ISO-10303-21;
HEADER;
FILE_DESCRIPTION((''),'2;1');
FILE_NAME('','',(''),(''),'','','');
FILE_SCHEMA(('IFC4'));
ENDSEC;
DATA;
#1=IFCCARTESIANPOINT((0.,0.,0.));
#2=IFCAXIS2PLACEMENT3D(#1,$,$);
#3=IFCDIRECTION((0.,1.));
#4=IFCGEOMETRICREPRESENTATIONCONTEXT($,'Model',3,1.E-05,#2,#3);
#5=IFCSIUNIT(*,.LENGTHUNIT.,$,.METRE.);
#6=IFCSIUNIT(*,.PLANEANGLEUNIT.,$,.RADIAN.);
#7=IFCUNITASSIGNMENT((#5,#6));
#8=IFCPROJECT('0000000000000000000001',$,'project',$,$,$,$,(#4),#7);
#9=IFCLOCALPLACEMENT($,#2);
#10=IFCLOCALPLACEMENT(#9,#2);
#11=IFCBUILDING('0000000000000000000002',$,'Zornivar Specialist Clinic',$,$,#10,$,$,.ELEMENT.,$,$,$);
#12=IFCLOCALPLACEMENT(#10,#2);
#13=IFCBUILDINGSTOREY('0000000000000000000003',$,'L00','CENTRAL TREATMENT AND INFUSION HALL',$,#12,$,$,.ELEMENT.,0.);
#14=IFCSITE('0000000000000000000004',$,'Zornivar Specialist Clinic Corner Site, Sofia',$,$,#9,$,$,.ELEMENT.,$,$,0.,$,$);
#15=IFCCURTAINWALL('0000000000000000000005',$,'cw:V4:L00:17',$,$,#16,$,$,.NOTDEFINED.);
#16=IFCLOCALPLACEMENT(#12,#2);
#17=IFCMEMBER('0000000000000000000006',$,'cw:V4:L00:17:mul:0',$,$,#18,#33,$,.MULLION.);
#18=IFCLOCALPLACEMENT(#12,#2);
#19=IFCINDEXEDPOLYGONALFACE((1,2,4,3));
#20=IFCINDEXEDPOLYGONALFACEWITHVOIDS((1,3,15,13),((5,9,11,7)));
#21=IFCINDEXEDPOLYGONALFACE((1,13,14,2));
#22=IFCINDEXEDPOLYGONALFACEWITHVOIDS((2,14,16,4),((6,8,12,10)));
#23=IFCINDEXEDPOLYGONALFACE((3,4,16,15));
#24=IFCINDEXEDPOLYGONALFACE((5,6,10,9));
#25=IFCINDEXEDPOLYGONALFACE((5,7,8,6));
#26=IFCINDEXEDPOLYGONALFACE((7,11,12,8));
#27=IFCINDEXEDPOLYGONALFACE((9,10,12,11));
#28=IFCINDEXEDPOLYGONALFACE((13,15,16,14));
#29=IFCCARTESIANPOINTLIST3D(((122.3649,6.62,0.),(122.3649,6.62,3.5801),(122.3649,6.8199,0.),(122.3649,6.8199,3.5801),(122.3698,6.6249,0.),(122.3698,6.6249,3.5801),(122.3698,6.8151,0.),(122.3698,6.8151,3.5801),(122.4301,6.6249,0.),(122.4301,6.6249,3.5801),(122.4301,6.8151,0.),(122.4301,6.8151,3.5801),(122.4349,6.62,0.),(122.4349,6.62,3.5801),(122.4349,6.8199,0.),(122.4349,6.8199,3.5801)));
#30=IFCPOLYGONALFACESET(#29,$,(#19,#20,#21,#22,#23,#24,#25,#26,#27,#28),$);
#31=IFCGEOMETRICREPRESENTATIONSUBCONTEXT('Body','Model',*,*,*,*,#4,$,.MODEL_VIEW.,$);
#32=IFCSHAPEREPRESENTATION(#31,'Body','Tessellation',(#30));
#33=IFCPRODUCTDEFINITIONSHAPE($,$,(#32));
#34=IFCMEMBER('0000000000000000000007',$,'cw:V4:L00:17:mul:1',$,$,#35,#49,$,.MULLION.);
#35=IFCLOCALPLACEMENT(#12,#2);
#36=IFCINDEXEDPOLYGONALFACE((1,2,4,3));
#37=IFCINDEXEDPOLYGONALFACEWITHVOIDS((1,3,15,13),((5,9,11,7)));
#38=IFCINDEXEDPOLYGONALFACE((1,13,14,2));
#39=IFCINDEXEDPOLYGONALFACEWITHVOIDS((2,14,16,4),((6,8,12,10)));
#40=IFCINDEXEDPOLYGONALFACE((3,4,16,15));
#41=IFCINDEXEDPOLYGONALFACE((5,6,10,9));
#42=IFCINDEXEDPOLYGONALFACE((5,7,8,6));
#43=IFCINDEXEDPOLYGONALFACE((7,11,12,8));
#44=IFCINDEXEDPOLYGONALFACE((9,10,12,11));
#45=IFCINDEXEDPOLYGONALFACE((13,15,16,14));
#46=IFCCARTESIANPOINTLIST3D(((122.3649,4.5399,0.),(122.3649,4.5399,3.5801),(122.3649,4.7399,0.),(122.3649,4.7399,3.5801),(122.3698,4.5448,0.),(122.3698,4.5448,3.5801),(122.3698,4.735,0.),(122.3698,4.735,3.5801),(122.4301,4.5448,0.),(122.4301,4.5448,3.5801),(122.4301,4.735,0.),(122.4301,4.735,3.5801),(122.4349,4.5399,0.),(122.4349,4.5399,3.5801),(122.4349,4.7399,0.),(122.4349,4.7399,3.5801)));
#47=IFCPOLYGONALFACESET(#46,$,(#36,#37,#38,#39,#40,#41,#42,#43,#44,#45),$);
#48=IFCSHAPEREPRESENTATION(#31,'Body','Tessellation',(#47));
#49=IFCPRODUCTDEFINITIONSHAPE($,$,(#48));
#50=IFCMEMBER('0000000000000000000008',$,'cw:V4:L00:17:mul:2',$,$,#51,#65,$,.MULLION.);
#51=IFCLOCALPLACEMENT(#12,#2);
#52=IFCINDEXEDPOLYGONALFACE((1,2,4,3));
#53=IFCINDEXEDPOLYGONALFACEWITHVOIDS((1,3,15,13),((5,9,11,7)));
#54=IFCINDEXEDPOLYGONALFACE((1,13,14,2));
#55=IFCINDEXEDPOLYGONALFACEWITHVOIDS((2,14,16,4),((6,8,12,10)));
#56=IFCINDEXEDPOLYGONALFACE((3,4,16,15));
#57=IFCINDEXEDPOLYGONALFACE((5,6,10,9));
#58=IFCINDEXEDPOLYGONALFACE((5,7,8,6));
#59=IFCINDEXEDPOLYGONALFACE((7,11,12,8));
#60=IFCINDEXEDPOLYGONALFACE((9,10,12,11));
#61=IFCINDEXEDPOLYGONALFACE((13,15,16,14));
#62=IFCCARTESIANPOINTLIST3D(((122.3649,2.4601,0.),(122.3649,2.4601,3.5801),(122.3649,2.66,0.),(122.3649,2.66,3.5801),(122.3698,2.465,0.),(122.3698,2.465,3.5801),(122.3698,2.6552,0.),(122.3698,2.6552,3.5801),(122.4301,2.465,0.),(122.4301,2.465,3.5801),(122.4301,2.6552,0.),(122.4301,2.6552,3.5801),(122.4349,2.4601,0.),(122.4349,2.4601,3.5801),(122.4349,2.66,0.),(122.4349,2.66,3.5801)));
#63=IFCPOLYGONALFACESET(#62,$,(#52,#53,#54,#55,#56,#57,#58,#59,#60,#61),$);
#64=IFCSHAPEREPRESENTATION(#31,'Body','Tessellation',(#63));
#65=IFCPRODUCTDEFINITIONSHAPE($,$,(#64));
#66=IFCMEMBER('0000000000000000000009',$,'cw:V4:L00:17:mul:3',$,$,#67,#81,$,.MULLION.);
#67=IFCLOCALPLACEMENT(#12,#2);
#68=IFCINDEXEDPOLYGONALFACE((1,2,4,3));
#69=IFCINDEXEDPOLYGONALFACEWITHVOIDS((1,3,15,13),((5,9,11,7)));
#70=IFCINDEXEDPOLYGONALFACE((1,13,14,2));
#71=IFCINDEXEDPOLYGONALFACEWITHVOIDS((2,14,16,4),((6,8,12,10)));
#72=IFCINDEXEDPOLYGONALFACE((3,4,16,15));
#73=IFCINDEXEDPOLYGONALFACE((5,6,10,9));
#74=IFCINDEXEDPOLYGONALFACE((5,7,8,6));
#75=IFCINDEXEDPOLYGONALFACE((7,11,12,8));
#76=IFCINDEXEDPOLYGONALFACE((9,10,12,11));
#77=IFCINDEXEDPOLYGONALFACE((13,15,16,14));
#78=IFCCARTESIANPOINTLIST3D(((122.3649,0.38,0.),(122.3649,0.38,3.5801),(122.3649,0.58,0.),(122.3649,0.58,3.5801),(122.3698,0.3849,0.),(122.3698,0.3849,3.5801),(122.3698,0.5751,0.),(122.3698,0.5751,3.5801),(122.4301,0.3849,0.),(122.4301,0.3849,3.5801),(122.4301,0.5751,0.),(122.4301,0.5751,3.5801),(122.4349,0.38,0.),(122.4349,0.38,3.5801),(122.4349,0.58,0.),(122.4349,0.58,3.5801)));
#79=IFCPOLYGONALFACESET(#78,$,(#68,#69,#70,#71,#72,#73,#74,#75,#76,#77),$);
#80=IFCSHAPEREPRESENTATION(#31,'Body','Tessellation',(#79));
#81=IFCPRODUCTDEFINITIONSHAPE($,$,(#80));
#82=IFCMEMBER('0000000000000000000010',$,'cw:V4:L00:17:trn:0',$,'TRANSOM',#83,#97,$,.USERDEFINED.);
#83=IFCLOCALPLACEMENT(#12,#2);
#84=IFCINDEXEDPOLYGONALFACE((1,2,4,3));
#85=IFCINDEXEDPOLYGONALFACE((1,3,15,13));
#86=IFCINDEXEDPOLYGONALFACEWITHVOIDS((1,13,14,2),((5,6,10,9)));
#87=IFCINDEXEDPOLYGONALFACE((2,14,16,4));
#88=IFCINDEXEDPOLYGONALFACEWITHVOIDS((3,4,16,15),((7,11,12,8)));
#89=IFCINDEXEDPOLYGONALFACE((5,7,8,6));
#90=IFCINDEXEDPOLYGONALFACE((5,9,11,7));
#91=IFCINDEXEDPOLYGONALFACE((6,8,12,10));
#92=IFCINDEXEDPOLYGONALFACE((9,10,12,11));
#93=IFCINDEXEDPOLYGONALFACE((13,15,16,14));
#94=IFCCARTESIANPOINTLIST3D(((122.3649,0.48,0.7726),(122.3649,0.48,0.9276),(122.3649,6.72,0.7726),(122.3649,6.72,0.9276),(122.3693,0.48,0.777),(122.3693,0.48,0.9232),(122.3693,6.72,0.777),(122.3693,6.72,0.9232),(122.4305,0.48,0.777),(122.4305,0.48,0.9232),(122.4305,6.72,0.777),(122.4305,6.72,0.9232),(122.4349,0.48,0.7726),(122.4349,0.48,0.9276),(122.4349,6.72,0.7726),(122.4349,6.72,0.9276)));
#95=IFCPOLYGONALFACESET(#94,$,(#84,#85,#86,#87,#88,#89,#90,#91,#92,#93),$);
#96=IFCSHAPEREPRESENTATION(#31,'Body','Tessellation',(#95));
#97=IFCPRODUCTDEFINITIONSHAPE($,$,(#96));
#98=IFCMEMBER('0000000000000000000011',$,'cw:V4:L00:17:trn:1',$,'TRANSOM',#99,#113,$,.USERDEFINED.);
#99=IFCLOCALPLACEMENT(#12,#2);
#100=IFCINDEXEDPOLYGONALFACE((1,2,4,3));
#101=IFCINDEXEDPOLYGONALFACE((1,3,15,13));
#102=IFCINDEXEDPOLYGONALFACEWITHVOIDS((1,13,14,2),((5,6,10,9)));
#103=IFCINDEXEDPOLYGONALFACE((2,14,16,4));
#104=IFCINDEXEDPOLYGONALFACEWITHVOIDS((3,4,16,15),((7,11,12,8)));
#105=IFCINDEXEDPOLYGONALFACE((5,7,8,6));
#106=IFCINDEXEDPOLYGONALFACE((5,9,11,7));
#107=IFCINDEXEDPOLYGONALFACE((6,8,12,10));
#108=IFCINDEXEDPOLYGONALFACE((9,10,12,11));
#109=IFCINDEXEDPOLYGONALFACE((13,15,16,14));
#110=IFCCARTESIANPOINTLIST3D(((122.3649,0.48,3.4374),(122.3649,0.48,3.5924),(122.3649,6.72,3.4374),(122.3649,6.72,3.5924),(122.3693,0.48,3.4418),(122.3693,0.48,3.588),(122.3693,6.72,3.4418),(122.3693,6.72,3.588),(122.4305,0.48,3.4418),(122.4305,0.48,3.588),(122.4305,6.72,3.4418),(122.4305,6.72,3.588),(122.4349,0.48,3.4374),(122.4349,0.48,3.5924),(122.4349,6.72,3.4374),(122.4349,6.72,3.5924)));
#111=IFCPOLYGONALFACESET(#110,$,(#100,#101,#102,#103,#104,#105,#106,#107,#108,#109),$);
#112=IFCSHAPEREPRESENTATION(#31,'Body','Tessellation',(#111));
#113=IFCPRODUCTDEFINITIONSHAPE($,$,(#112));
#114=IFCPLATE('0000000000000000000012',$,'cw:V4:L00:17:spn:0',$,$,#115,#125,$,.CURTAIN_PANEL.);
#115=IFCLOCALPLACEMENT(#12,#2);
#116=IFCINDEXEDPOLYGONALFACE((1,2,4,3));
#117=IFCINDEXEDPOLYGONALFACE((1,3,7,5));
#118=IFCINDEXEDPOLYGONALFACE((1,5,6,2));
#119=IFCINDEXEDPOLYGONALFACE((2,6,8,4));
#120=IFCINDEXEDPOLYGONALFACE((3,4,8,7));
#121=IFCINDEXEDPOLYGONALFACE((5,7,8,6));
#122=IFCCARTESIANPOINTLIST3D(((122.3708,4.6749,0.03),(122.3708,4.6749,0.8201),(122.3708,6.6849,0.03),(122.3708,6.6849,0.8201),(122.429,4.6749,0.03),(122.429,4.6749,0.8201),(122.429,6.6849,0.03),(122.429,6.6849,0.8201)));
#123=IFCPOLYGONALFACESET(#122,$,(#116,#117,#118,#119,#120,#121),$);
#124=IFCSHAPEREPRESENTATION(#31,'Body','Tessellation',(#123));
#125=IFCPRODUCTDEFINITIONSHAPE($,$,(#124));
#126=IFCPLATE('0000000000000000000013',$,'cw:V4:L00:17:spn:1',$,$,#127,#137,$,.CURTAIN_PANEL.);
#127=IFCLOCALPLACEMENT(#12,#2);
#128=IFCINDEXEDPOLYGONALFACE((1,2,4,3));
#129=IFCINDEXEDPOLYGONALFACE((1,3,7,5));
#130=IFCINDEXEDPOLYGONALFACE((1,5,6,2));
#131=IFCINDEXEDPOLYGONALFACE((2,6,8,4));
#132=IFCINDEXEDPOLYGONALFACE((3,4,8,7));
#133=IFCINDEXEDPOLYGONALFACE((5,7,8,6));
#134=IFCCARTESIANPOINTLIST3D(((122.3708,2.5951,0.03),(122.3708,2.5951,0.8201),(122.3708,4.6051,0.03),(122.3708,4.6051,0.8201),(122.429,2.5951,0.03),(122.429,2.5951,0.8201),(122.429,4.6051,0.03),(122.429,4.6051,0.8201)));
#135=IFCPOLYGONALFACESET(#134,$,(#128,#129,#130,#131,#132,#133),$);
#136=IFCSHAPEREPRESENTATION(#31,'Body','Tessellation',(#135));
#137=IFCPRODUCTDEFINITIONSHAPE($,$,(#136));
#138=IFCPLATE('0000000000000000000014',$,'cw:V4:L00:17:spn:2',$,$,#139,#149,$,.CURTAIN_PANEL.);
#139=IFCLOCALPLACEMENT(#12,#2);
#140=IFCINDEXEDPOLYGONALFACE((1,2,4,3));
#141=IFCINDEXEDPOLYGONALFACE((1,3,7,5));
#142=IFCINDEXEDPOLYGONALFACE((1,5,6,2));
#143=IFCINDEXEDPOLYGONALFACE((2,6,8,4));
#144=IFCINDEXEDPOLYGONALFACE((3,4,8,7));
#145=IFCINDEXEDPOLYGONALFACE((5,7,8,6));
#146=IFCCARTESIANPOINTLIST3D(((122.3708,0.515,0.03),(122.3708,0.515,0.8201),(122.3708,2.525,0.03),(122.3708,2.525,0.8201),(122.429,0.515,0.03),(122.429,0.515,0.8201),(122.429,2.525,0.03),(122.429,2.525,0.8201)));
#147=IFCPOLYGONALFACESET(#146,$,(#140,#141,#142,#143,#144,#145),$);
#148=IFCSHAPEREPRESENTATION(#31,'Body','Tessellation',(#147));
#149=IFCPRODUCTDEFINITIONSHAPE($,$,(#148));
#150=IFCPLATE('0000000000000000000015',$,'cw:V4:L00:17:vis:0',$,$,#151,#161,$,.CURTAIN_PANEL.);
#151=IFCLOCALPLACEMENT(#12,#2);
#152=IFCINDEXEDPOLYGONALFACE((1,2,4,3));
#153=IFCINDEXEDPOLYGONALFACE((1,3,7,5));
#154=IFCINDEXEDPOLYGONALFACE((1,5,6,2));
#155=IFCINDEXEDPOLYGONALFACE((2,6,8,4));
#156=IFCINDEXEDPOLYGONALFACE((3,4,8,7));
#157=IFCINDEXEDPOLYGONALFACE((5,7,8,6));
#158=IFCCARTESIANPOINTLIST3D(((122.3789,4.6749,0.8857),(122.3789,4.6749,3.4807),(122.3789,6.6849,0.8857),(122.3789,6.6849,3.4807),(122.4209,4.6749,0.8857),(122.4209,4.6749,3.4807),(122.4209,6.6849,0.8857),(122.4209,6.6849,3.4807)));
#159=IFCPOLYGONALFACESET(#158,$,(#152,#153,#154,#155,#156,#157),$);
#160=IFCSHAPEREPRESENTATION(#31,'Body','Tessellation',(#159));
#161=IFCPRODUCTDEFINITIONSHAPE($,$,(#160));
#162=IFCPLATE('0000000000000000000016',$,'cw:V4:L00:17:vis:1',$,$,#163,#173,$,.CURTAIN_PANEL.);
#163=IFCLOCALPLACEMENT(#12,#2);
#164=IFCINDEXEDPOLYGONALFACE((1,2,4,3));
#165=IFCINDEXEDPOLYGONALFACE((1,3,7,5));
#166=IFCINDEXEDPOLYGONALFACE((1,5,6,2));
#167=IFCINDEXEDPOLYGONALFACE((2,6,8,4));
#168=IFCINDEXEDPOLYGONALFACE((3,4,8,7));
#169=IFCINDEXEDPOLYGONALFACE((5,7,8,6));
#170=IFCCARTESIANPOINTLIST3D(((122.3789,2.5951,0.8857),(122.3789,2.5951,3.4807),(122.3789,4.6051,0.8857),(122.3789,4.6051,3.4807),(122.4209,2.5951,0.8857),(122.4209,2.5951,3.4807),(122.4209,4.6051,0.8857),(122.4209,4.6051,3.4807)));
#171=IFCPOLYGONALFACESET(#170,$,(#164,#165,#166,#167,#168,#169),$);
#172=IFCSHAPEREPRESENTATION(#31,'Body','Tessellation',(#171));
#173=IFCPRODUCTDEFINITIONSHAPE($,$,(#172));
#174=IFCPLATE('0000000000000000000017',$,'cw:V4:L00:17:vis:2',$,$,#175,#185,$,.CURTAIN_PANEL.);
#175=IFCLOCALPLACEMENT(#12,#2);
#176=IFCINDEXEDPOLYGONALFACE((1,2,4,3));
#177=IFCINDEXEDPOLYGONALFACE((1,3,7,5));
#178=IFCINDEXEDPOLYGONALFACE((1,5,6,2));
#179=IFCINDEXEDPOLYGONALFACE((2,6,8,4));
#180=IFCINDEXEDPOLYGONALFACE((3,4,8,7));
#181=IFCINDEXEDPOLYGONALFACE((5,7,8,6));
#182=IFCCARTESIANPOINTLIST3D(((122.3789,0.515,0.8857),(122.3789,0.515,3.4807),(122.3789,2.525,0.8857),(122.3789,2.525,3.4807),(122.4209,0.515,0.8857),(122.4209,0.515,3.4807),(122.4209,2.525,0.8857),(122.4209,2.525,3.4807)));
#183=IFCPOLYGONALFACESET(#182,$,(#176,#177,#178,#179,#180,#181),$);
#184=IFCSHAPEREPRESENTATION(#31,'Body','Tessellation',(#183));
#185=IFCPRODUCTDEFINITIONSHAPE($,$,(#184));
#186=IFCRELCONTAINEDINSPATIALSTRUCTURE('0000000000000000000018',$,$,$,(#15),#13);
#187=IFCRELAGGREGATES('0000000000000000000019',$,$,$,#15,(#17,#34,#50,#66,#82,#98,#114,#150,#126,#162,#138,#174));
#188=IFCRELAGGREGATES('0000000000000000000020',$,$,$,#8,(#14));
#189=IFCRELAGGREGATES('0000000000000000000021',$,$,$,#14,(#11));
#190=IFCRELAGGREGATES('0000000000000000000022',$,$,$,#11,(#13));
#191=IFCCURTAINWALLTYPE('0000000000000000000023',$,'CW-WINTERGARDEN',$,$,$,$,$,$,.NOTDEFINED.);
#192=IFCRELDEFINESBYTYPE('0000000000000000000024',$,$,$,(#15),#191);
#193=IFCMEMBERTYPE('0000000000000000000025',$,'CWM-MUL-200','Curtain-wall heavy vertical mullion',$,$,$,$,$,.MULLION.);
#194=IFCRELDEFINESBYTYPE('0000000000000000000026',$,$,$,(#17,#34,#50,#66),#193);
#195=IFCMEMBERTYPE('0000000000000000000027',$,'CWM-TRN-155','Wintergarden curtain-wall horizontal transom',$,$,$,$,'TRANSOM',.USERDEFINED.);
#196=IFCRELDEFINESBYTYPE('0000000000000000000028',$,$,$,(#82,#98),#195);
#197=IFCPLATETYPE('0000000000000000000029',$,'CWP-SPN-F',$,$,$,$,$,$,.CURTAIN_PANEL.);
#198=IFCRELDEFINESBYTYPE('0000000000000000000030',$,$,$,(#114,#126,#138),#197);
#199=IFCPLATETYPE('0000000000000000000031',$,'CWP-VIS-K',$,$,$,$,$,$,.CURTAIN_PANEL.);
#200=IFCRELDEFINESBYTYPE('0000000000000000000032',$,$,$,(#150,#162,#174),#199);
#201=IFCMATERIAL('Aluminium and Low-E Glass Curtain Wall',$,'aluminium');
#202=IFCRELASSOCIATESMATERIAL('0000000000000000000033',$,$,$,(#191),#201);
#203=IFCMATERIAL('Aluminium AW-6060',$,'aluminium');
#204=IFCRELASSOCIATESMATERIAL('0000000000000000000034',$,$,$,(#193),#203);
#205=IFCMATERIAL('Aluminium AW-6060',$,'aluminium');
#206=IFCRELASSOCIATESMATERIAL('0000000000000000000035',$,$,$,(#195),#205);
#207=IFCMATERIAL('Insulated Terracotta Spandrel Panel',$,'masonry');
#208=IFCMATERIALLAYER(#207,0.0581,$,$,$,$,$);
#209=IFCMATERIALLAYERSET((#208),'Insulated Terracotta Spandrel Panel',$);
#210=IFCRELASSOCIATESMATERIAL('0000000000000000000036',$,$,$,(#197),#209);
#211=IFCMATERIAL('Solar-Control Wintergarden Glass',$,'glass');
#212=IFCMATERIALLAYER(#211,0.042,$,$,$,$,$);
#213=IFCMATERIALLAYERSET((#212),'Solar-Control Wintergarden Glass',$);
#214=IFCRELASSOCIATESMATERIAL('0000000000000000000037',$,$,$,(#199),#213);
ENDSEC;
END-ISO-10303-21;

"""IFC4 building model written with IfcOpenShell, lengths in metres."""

from ifc_helpers import new_model, si_unit, direction, frame, origin, origin_2d, place, context, subcontext, project, spatial, rectangle, hollow_rectangle, extrude, material, layer, layer_set, material_profile, profile_set, type_object, element, aggregate, save


model = new_model("IFC4")

# Units and contexts
model_context = context("Model", 3, precision=1e-05, world=origin(), true_north=direction((0.0, 1.0)))
body_context = subcontext(model_context, "Body", "Model", "MODEL_VIEW")
ifc_project = project(units=[si_unit("LENGTHUNIT", "METRE"), si_unit("PLANEANGLEUNIT", "RADIAN")], contexts=[model_context])

# Site, building, storey
site_placement = place(None, origin())
site = spatial("IfcSite", under=ifc_project, at=site_placement, Name="Zornivar Specialist Clinic Corner Site, Sofia", CompositionType="ELEMENT", RefElevation=0.0)
building_placement = place(site_placement, origin())
building = spatial("IfcBuilding", under=site, at=building_placement, Name="Zornivar Specialist Clinic", CompositionType="ELEMENT")
storey_placement = place(building_placement, origin())
storey = spatial("IfcBuildingStorey", under=building, at=storey_placement, Name="L00", Description="CENTRAL TREATMENT AND INFUSION HALL", CompositionType="ELEMENT", Elevation=0.0)

# Curtain wall, members, plates
ifc_material_1 = material(Name="Aluminium and Low-E Glass Curtain Wall", Category="aluminium")
curtain_wall_type = type_object("IfcCurtainWallType", Name="CW-WINTERGARDEN", PredefinedType="NOTDEFINED", material=ifc_material_1)
curtain_wall_placement = place(storey_placement, origin())
curtain_wall = element("IfcCurtainWall", 1, at=curtain_wall_placement, inside=storey, type_object=curtain_wall_type, Name="cw:V4:L00:17", PredefinedType="NOTDEFINED")
ifc_material_2 = material(Name="Aluminium AW-6060", Category="aluminium")
ifc_material_profile_1 = material_profile(ifc_material_2, hollow_rectangle(XDim=0.0701, YDim=0.2, WallThickness=0.0049, at=origin_2d()), Name="ALU 70x200x5")
ifc_profile_set_1 = profile_set([ifc_material_profile_1], Name="Aluminium AW-6060")
member_type_1 = type_object("IfcMemberType", Name="CWM-MUL-200", Description="Curtain-wall heavy vertical mullion", PredefinedType="MULLION", material=ifc_profile_set_1)
member_1_placement = place(storey_placement, frame((122.3999, 6.72, 0.0), z_axis=(0.0, 0.0, 1.0), x_axis=(1.0, 0.0, 0.0)))
member_1 = element("IfcMember", 2, at=member_1_placement, type_object=member_type_1, Name="cw:V4:L00:17:mul:0", PredefinedType="MULLION", context=body_context, shape_type="SweptSolid", body=[
    extrude(hollow_rectangle(XDim=0.0701, YDim=0.2, WallThickness=0.0049, at=origin_2d()), origin(), (0.0, 0.0, 1.0), 3.5801),
])
member_2_placement = place(storey_placement, frame((122.3999, 4.6399, 0.0), z_axis=(0.0, 0.0, 1.0), x_axis=(1.0, 0.0, 0.0)))
member_2 = element("IfcMember", 3, at=member_2_placement, type_object=member_type_1, Name="cw:V4:L00:17:mul:1", PredefinedType="MULLION", context=body_context, shape_type="SweptSolid", body=[
    extrude(hollow_rectangle(XDim=0.0701, YDim=0.2, WallThickness=0.0049, at=origin_2d()), origin(), (0.0, 0.0, 1.0), 3.5801),
])
member_3_placement = place(storey_placement, frame((122.3999, 2.5601, 0.0), z_axis=(0.0, 0.0, 1.0), x_axis=(1.0, 0.0, 0.0)))
member_3 = element("IfcMember", 4, at=member_3_placement, type_object=member_type_1, Name="cw:V4:L00:17:mul:2", PredefinedType="MULLION", context=body_context, shape_type="SweptSolid", body=[
    extrude(hollow_rectangle(XDim=0.0701, YDim=0.2, WallThickness=0.0049, at=origin_2d()), origin(), (0.0, 0.0, 1.0), 3.5801),
])
member_4_placement = place(storey_placement, frame((122.3999, 0.48, 0.0), z_axis=(0.0, 0.0, 1.0), x_axis=(1.0, 0.0, 0.0)))
member_4 = element("IfcMember", 5, at=member_4_placement, type_object=member_type_1, Name="cw:V4:L00:17:mul:3", PredefinedType="MULLION", context=body_context, shape_type="SweptSolid", body=[
    extrude(hollow_rectangle(XDim=0.0701, YDim=0.2, WallThickness=0.0049, at=origin_2d()), origin(), (0.0, 0.0, 1.0), 3.5801),
])
ifc_material_3 = material(Name="Aluminium AW-6060", Category="aluminium")
ifc_material_profile_2 = material_profile(ifc_material_3, hollow_rectangle(XDim=0.0701, YDim=0.155, WallThickness=0.0044, at=origin_2d()), Name="ALU 70x155x4.5")
ifc_profile_set_2 = profile_set([ifc_material_profile_2], Name="Aluminium AW-6060")
member_type_2 = type_object("IfcMemberType", Name="CWM-TRN-155", Description="Wintergarden curtain-wall horizontal transom", ElementType="TRANSOM", PredefinedType="USERDEFINED", material=ifc_profile_set_2)
member_5_placement = place(storey_placement, frame((122.3999, 6.72, 0.8501), z_axis=(0.0, -1.0, 0.0), x_axis=(1.0, 0.0, 0.0)))
member_5 = element("IfcMember", 6, at=member_5_placement, type_object=member_type_2, Name="cw:V4:L00:17:trn:0", ObjectType="TRANSOM", PredefinedType="USERDEFINED", context=body_context, shape_type="SweptSolid", body=[
    extrude(hollow_rectangle(XDim=0.0701, YDim=0.155, WallThickness=0.0044, at=origin_2d()), origin(), (0.0, 0.0, 1.0), 6.24),
])
member_6_placement = place(storey_placement, frame((122.3999, 6.72, 3.5149), z_axis=(0.0, -1.0, 0.0), x_axis=(1.0, 0.0, 0.0)))
member_6 = element("IfcMember", 7, at=member_6_placement, type_object=member_type_2, Name="cw:V4:L00:17:trn:1", ObjectType="TRANSOM", PredefinedType="USERDEFINED", context=body_context, shape_type="SweptSolid", body=[
    extrude(hollow_rectangle(XDim=0.0701, YDim=0.155, WallThickness=0.0044, at=origin_2d()), origin(), (0.0, 0.0, 1.0), 6.24),
])
ifc_material_4 = material(Name="Insulated Terracotta Spandrel Panel", Category="masonry")
ifc_layer_1 = layer(ifc_material_4, 0.0581)
ifc_layer_set_1 = layer_set([ifc_layer_1], Name="Insulated Terracotta Spandrel Panel")
plate_type_1 = type_object("IfcPlateType", Name="CWP-SPN-F", PredefinedType="CURTAIN_PANEL", material=ifc_layer_set_1)
plate_1_placement = place(storey_placement, frame((122.3999, 5.6799, 0.03), z_axis=(0.0, 0.0, 1.0), x_axis=(0.0, -1.0, 0.0)))
plate_1 = element("IfcPlate", 8, at=plate_1_placement, type_object=plate_type_1, Name="cw:V4:L00:17:spn:0", PredefinedType="CURTAIN_PANEL", context=body_context, shape_type="SweptSolid", body=[
    extrude(rectangle(XDim=2.01, YDim=0.0581, at=origin_2d()), origin(), (0.0, 0.0, 1.0), 0.79),
])
plate_2_placement = place(storey_placement, frame((122.3999, 3.6001, 0.03), z_axis=(0.0, 0.0, 1.0), x_axis=(0.0, -1.0, 0.0)))
plate_2 = element("IfcPlate", 9, at=plate_2_placement, type_object=plate_type_1, Name="cw:V4:L00:17:spn:1", PredefinedType="CURTAIN_PANEL", context=body_context, shape_type="SweptSolid", body=[
    extrude(rectangle(XDim=2.01, YDim=0.0581, at=origin_2d()), origin(), (0.0, 0.0, 1.0), 0.79),
])
plate_3_placement = place(storey_placement, frame((122.3999, 1.52, 0.03), z_axis=(0.0, 0.0, 1.0), x_axis=(0.0, -1.0, 0.0)))
plate_3 = element("IfcPlate", 10, at=plate_3_placement, type_object=plate_type_1, Name="cw:V4:L00:17:spn:2", PredefinedType="CURTAIN_PANEL", context=body_context, shape_type="SweptSolid", body=[
    extrude(rectangle(XDim=2.01, YDim=0.0581, at=origin_2d()), origin(), (0.0, 0.0, 1.0), 0.79),
])
ifc_material_5 = material(Name="Solar-Control Wintergarden Glass", Category="glass")
ifc_layer_2 = layer(ifc_material_5, 0.042)
ifc_layer_set_2 = layer_set([ifc_layer_2], Name="Solar-Control Wintergarden Glass")
plate_type_2 = type_object("IfcPlateType", Name="CWP-VIS-K", PredefinedType="CURTAIN_PANEL", material=ifc_layer_set_2)
plate_4_placement = place(storey_placement, frame((122.3999, 5.6799, 0.8857), z_axis=(0.0, 0.0, 1.0), x_axis=(0.0, -1.0, 0.0)))
plate_4 = element("IfcPlate", 11, at=plate_4_placement, type_object=plate_type_2, Name="cw:V4:L00:17:vis:0", PredefinedType="CURTAIN_PANEL", context=body_context, shape_type="SweptSolid", body=[
    extrude(rectangle(XDim=2.01, YDim=0.042, at=origin_2d()), origin(), (0.0, 0.0, 1.0), 2.595),
])
plate_5_placement = place(storey_placement, frame((122.3999, 3.6001, 0.8857), z_axis=(0.0, 0.0, 1.0), x_axis=(0.0, -1.0, 0.0)))
plate_5 = element("IfcPlate", 12, at=plate_5_placement, type_object=plate_type_2, Name="cw:V4:L00:17:vis:1", PredefinedType="CURTAIN_PANEL", context=body_context, shape_type="SweptSolid", body=[
    extrude(rectangle(XDim=2.01, YDim=0.042, at=origin_2d()), origin(), (0.0, 0.0, 1.0), 2.595),
])
plate_6_placement = place(storey_placement, frame((122.3999, 1.52, 0.8857), z_axis=(0.0, 0.0, 1.0), x_axis=(0.0, -1.0, 0.0)))
plate_6 = element("IfcPlate", 13, at=plate_6_placement, type_object=plate_type_2, Name="cw:V4:L00:17:vis:2", PredefinedType="CURTAIN_PANEL", context=body_context, shape_type="SweptSolid", body=[
    extrude(rectangle(XDim=2.01, YDim=0.042, at=origin_2d()), origin(), (0.0, 0.0, 1.0), 2.595),
])
aggregate(curtain_wall, [member_1, member_2, member_3, member_4, member_5, member_6, plate_1, plate_4, plate_2, plate_5, plate_3, plate_6])

save(model, "model.ifc")
